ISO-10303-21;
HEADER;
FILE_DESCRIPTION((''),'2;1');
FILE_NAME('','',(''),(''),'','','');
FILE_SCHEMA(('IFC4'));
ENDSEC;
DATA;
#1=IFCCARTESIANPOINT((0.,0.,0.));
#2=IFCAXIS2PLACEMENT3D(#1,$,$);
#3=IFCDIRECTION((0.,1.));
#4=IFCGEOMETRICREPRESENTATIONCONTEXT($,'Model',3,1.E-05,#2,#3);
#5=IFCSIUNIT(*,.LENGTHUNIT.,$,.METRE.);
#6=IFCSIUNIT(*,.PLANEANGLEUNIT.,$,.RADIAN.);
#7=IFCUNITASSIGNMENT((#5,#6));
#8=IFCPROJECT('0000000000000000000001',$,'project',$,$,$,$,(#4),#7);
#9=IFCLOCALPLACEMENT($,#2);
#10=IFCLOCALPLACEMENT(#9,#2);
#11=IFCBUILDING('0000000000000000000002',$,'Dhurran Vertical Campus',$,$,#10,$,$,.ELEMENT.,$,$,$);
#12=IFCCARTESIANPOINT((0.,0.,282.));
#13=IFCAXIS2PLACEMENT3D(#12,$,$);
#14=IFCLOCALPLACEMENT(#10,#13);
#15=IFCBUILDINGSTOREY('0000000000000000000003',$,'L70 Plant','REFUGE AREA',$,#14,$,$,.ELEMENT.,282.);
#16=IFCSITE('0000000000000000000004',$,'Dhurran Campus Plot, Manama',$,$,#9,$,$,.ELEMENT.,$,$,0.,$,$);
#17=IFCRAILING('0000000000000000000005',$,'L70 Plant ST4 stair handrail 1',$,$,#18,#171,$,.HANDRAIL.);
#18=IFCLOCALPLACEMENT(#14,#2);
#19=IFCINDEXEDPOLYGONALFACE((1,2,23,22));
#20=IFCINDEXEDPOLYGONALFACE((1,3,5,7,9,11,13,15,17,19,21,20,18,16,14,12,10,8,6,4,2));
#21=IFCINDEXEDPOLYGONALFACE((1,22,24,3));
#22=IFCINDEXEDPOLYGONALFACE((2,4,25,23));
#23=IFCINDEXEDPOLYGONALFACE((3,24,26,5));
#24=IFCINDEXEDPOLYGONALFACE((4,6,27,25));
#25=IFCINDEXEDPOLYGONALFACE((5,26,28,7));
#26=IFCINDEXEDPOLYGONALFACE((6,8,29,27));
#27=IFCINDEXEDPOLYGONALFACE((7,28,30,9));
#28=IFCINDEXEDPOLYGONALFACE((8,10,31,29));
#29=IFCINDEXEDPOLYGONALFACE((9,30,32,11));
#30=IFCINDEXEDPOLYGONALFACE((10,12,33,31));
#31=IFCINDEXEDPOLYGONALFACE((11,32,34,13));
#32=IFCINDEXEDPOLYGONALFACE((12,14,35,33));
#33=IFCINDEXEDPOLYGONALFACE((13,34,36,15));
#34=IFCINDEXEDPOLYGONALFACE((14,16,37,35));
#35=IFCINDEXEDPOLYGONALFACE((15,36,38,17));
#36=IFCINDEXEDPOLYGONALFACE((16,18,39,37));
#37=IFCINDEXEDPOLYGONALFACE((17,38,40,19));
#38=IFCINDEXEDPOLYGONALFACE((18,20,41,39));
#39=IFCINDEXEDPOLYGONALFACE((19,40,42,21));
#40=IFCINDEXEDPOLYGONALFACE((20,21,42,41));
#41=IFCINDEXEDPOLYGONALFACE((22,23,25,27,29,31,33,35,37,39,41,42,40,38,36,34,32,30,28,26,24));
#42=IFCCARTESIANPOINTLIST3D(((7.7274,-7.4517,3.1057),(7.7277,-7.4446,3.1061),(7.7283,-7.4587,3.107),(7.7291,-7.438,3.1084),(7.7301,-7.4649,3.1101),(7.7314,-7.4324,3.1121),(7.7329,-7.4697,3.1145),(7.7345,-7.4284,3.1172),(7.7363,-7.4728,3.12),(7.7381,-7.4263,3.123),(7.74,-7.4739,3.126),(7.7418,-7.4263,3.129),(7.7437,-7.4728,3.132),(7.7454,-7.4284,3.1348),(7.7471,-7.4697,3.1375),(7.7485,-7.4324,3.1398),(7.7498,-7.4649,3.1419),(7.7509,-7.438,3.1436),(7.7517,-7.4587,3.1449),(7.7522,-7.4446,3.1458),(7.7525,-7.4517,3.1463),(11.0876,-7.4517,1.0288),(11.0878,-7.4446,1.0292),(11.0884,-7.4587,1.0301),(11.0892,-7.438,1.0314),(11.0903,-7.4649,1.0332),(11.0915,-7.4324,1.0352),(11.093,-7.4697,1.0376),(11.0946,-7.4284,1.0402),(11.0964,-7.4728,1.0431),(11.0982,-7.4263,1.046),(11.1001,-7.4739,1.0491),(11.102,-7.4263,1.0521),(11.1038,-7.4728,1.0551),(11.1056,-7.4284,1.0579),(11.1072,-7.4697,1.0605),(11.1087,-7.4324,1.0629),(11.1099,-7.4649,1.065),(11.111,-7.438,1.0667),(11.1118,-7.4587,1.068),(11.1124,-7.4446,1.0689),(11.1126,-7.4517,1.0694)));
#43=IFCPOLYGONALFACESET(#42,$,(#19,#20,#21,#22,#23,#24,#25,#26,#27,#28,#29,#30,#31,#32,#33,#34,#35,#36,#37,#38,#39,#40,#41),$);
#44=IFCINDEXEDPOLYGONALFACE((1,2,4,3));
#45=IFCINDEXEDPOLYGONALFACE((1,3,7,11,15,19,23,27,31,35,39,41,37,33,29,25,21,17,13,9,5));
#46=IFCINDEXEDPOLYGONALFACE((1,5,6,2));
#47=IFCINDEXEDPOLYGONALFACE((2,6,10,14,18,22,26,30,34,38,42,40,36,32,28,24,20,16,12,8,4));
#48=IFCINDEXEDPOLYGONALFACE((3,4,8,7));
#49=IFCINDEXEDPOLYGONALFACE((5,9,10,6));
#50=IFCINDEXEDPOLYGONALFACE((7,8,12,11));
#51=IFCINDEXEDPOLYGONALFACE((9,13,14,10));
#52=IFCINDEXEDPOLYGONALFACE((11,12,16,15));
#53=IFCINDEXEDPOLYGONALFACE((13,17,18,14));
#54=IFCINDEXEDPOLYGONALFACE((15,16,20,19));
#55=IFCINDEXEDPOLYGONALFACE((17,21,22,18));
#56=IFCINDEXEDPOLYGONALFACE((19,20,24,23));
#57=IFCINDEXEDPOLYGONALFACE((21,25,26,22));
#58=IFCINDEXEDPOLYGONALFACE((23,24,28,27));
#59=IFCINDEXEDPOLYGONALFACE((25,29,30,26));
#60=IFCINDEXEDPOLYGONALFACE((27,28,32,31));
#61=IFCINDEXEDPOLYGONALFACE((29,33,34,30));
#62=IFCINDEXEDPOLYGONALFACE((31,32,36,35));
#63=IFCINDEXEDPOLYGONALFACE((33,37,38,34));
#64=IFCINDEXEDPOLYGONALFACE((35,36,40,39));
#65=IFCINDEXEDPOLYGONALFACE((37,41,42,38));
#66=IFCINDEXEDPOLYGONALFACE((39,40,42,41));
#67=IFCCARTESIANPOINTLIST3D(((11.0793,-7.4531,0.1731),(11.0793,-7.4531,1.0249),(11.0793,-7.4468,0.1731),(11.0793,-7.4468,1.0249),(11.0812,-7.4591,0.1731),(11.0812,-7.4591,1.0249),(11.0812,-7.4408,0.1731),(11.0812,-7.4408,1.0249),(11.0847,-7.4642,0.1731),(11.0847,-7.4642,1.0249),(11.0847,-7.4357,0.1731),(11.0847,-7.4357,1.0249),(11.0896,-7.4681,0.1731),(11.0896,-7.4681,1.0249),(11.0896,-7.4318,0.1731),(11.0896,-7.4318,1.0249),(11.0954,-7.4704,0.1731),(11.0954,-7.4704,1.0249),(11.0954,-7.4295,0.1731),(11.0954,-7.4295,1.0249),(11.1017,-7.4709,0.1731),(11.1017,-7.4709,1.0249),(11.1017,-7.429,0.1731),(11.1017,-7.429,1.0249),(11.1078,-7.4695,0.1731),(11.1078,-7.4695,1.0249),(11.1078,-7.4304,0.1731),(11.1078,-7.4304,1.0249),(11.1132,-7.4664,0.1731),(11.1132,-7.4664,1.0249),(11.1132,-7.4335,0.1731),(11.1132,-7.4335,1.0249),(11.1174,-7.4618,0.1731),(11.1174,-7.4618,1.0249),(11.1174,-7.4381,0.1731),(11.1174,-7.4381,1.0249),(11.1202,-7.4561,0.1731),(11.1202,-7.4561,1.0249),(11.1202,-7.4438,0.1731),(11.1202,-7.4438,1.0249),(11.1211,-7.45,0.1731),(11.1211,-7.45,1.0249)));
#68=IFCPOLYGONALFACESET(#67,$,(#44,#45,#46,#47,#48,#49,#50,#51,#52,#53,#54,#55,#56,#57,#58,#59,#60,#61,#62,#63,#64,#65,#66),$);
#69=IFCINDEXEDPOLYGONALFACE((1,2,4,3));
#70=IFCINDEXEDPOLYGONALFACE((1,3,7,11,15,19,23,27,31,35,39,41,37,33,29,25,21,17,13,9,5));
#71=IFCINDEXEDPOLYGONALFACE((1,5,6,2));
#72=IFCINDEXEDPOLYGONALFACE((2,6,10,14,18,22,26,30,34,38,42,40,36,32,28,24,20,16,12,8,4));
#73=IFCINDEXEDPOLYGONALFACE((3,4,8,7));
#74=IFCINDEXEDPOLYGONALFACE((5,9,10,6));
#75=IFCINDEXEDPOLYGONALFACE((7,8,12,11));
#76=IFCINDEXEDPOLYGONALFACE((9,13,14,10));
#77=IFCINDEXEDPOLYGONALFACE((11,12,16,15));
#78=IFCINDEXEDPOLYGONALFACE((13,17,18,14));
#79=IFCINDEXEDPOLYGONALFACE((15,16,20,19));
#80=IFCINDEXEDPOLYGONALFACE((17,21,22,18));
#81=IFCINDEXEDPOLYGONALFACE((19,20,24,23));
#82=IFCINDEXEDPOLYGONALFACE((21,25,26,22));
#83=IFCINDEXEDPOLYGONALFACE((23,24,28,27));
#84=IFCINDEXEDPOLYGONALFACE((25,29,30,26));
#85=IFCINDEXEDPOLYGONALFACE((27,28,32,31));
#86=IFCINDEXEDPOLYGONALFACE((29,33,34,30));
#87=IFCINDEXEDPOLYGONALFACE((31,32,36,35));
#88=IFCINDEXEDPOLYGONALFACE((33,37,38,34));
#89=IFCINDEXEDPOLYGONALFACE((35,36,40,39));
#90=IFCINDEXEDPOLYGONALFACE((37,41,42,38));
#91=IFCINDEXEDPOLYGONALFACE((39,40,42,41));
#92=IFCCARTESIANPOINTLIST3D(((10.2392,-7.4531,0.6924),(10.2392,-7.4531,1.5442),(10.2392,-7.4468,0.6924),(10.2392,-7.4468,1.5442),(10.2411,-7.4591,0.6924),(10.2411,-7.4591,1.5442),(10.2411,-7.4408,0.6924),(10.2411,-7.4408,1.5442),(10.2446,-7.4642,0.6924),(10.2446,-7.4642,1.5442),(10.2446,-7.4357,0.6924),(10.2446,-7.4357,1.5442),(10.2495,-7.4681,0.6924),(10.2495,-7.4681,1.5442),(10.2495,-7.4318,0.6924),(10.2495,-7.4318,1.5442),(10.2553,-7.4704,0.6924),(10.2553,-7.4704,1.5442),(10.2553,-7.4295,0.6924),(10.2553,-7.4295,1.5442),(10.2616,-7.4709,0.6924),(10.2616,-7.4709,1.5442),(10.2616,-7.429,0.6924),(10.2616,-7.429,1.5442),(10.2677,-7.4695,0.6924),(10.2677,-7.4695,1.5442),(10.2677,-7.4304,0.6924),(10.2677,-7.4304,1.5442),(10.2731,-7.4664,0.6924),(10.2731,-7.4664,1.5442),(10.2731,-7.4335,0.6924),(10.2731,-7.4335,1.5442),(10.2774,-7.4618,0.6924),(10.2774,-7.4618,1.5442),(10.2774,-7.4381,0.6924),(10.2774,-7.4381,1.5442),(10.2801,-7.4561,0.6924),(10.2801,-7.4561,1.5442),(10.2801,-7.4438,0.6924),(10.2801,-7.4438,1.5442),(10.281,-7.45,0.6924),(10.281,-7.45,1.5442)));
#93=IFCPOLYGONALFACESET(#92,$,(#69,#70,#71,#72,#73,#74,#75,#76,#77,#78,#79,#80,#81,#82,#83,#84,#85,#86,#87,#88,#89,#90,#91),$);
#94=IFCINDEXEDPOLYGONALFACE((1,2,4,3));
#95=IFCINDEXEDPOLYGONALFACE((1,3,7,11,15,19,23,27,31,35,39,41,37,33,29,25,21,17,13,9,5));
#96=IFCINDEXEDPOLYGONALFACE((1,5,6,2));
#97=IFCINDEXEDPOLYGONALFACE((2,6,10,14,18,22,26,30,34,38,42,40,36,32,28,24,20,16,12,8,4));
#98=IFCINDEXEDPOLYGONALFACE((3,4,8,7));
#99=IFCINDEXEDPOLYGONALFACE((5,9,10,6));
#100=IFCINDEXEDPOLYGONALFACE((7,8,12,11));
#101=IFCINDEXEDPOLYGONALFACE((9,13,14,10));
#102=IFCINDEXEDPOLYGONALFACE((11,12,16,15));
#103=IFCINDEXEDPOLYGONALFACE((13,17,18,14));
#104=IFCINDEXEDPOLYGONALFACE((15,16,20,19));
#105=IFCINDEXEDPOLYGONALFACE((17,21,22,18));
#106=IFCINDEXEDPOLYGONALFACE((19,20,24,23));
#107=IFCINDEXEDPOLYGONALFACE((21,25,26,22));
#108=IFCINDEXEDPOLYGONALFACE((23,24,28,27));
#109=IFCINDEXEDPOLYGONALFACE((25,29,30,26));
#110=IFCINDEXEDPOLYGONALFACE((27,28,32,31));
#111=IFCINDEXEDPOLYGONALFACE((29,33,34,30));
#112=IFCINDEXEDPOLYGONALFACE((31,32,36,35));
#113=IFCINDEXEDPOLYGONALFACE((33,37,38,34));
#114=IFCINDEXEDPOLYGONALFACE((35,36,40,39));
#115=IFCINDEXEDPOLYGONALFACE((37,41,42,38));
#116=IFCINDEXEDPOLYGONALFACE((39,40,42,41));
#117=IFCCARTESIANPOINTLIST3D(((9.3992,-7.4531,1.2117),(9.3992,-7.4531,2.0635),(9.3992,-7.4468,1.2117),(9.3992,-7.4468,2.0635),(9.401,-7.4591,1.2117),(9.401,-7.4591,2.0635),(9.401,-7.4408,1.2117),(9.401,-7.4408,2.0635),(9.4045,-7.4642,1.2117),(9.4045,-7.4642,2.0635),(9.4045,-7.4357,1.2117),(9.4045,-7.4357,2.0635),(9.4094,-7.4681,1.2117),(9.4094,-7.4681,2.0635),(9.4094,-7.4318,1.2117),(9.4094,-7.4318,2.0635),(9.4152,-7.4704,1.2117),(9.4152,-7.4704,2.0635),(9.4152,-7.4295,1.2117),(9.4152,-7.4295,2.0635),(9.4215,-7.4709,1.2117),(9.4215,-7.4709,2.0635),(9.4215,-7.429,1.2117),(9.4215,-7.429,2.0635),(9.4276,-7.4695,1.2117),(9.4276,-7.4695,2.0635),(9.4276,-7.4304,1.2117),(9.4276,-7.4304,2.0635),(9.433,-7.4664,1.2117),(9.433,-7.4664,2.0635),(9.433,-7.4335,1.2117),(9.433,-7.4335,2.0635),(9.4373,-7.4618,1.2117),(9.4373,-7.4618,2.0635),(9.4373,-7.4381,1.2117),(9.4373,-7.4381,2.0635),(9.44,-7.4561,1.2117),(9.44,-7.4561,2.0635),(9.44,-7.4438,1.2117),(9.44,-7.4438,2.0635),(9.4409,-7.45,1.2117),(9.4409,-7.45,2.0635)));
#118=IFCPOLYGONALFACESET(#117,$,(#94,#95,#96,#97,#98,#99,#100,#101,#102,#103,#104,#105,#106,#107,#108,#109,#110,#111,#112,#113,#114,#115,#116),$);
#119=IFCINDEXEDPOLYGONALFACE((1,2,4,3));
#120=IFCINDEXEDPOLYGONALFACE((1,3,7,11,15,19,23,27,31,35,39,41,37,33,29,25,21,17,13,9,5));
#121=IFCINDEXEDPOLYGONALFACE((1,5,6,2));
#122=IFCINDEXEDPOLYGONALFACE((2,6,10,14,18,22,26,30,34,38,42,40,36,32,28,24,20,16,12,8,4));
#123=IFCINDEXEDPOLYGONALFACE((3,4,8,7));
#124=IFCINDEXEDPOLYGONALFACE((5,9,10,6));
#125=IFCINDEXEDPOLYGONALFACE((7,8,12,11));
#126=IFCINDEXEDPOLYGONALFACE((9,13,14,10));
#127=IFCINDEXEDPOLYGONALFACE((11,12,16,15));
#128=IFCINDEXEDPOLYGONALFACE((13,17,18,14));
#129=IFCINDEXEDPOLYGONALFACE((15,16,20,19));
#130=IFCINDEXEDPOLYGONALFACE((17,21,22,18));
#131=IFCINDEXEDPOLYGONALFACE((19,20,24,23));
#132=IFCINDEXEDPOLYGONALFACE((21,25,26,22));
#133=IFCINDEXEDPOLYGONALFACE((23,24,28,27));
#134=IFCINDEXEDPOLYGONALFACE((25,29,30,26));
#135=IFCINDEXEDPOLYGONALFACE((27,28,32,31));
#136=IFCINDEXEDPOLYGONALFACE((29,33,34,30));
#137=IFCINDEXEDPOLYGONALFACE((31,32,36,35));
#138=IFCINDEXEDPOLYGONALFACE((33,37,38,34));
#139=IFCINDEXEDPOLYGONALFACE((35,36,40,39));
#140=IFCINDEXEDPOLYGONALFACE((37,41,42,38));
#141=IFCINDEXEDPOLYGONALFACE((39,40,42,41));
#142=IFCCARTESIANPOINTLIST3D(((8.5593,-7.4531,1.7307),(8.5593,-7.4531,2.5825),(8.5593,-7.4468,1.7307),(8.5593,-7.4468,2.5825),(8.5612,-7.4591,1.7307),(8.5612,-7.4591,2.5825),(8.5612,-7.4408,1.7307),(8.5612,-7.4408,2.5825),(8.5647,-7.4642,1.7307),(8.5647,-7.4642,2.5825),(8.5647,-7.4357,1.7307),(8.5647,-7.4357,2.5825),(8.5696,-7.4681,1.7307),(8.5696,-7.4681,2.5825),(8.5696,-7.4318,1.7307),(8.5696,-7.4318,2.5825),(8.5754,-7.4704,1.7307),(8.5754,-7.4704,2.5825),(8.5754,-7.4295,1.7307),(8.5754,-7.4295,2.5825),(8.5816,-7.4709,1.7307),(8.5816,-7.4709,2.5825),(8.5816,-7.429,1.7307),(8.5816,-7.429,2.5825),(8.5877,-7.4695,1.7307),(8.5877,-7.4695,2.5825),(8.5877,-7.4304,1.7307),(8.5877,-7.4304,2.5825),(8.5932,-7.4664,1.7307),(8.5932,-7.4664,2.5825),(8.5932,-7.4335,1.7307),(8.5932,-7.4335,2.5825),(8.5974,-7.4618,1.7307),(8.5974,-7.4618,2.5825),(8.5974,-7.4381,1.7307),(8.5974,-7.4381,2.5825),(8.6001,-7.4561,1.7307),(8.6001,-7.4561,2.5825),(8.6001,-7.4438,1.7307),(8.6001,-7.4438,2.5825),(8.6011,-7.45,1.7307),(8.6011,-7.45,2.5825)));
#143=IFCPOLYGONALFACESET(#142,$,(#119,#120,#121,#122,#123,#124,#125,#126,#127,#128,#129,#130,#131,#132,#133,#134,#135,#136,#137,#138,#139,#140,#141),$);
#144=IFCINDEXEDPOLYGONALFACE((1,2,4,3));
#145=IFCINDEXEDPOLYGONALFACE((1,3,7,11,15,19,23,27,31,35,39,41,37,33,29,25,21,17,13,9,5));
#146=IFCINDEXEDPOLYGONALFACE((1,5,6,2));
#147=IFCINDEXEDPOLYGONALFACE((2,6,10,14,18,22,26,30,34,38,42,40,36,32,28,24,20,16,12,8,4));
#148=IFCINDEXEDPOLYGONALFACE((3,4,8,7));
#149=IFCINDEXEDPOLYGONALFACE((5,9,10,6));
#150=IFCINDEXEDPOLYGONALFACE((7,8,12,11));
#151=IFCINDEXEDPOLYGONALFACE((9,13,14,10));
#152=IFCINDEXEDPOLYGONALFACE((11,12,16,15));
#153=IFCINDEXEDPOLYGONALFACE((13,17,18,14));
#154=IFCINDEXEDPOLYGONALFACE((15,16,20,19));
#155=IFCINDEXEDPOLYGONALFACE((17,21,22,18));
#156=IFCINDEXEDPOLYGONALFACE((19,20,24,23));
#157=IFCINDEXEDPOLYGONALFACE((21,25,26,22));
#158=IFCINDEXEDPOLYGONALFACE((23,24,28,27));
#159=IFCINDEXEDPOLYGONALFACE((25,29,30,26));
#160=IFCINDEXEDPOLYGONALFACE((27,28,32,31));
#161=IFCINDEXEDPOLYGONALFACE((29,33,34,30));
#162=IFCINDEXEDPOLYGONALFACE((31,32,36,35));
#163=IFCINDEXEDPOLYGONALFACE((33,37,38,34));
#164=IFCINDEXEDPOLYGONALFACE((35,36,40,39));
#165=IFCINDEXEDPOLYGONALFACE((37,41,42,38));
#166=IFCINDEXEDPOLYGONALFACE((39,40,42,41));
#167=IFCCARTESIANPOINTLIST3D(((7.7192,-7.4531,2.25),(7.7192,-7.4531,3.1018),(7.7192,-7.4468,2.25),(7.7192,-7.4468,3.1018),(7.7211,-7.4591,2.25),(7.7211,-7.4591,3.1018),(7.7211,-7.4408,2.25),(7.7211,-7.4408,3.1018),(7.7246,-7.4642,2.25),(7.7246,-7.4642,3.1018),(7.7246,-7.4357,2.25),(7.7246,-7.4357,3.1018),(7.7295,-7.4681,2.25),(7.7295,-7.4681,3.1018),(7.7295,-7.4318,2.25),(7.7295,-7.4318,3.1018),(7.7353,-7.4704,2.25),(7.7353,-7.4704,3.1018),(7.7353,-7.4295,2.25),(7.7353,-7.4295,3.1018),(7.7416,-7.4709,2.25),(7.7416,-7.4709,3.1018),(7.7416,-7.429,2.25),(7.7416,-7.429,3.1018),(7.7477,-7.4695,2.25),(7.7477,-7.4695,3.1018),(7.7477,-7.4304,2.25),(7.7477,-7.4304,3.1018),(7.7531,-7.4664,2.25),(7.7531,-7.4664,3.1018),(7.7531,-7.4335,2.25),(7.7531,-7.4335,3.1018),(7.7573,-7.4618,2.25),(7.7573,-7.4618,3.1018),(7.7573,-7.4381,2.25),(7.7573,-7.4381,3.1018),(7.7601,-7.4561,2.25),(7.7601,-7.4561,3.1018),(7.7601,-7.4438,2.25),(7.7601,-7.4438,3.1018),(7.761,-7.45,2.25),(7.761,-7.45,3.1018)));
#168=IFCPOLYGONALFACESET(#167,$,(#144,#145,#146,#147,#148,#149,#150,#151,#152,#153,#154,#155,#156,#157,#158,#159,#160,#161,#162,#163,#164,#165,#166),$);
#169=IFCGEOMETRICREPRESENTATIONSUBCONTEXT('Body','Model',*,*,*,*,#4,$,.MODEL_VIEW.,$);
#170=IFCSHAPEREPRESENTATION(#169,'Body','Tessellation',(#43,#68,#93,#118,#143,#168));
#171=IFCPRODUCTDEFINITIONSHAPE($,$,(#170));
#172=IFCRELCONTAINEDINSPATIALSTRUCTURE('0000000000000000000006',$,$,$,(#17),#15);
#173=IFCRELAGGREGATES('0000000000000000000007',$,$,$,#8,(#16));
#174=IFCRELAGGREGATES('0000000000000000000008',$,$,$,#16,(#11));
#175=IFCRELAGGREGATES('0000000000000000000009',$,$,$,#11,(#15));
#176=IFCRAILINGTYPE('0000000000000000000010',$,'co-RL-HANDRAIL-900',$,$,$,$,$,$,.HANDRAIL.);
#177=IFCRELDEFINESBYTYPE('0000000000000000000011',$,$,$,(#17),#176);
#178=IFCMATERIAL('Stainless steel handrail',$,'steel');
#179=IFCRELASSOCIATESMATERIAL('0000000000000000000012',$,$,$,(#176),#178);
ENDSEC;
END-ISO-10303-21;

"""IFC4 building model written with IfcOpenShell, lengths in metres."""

from ifc_helpers import new_model, si_unit, direction, frame, origin, origin_2d, place, context, subcontext, project, spatial, circle, extrude, material, type_object, element, save


model = new_model("IFC4")

# Units and contexts
model_context = context("Model", 3, precision=1e-05, world=origin(), true_north=direction((0.0, 1.0)))
body_context = subcontext(model_context, "Body", "Model", "MODEL_VIEW")
ifc_project = project(units=[si_unit("LENGTHUNIT", "METRE"), si_unit("PLANEANGLEUNIT", "RADIAN")], contexts=[model_context])

# Site, building, storey
site_placement = place(None, origin())
site = spatial("IfcSite", under=ifc_project, at=site_placement, Name="Dhurran Campus Plot, Manama", CompositionType="ELEMENT", RefElevation=0.0)
building_placement = place(site_placement, origin())
building = spatial("IfcBuilding", under=site, at=building_placement, Name="Dhurran Vertical Campus", CompositionType="ELEMENT")
storey_placement = place(building_placement, frame((0.0, 0.0, 282.0)))
storey = spatial("IfcBuildingStorey", under=building, at=storey_placement, Name="L70 Plant", Description="REFUGE AREA", CompositionType="ELEMENT", Elevation=282.0)

# Railing
ifc_material_1 = material(Name="Stainless steel handrail", Category="steel")
railing_type_1 = type_object("IfcRailingType", Name="co-RL-HANDRAIL-900", PredefinedType="HANDRAIL", material=ifc_material_1)
railing_1_placement = place(storey_placement, frame((11.1001, -7.45, 0.1731)))
element("IfcRailing", 1, at=railing_1_placement, inside=storey, type_object=railing_type_1, Name="L70 Plant ST4 stair handrail 1", PredefinedType="HANDRAIL", context=body_context, shape_type="SweptSolid", body=[
    extrude(circle(Radius=0.0239, at=origin_2d()), frame((0.0, 0.0, 0.876), z_axis=(-0.850623, 0.0, 0.525776), x_axis=(0.0, -1.0, 0.0)), (0.0, 0.0, 1.0), 3.9502),
    extrude(circle(Radius=0.021, at=origin_2d()), origin(), (0.0, 0.0, 1.0), 0.8518),
    extrude(circle(Radius=0.021, at=origin_2d()), frame((-0.8401, 0.0, 0.5193)), (0.0, 0.0, 1.0), 0.8518),
    extrude(circle(Radius=0.021, at=origin_2d()), frame((-1.6802, 0.0, 1.0386)), (0.0, 0.0, 1.0), 0.8518),
    extrude(circle(Radius=0.021, at=origin_2d()), frame((-2.52, 0.0, 1.5576)), (0.0, 0.0, 1.0), 0.8518),
    extrude(circle(Radius=0.021, at=origin_2d()), frame((-3.3601, 0.0, 2.0769)), (0.0, 0.0, 1.0), 0.8518),
])

save(model, "model.ifc")
